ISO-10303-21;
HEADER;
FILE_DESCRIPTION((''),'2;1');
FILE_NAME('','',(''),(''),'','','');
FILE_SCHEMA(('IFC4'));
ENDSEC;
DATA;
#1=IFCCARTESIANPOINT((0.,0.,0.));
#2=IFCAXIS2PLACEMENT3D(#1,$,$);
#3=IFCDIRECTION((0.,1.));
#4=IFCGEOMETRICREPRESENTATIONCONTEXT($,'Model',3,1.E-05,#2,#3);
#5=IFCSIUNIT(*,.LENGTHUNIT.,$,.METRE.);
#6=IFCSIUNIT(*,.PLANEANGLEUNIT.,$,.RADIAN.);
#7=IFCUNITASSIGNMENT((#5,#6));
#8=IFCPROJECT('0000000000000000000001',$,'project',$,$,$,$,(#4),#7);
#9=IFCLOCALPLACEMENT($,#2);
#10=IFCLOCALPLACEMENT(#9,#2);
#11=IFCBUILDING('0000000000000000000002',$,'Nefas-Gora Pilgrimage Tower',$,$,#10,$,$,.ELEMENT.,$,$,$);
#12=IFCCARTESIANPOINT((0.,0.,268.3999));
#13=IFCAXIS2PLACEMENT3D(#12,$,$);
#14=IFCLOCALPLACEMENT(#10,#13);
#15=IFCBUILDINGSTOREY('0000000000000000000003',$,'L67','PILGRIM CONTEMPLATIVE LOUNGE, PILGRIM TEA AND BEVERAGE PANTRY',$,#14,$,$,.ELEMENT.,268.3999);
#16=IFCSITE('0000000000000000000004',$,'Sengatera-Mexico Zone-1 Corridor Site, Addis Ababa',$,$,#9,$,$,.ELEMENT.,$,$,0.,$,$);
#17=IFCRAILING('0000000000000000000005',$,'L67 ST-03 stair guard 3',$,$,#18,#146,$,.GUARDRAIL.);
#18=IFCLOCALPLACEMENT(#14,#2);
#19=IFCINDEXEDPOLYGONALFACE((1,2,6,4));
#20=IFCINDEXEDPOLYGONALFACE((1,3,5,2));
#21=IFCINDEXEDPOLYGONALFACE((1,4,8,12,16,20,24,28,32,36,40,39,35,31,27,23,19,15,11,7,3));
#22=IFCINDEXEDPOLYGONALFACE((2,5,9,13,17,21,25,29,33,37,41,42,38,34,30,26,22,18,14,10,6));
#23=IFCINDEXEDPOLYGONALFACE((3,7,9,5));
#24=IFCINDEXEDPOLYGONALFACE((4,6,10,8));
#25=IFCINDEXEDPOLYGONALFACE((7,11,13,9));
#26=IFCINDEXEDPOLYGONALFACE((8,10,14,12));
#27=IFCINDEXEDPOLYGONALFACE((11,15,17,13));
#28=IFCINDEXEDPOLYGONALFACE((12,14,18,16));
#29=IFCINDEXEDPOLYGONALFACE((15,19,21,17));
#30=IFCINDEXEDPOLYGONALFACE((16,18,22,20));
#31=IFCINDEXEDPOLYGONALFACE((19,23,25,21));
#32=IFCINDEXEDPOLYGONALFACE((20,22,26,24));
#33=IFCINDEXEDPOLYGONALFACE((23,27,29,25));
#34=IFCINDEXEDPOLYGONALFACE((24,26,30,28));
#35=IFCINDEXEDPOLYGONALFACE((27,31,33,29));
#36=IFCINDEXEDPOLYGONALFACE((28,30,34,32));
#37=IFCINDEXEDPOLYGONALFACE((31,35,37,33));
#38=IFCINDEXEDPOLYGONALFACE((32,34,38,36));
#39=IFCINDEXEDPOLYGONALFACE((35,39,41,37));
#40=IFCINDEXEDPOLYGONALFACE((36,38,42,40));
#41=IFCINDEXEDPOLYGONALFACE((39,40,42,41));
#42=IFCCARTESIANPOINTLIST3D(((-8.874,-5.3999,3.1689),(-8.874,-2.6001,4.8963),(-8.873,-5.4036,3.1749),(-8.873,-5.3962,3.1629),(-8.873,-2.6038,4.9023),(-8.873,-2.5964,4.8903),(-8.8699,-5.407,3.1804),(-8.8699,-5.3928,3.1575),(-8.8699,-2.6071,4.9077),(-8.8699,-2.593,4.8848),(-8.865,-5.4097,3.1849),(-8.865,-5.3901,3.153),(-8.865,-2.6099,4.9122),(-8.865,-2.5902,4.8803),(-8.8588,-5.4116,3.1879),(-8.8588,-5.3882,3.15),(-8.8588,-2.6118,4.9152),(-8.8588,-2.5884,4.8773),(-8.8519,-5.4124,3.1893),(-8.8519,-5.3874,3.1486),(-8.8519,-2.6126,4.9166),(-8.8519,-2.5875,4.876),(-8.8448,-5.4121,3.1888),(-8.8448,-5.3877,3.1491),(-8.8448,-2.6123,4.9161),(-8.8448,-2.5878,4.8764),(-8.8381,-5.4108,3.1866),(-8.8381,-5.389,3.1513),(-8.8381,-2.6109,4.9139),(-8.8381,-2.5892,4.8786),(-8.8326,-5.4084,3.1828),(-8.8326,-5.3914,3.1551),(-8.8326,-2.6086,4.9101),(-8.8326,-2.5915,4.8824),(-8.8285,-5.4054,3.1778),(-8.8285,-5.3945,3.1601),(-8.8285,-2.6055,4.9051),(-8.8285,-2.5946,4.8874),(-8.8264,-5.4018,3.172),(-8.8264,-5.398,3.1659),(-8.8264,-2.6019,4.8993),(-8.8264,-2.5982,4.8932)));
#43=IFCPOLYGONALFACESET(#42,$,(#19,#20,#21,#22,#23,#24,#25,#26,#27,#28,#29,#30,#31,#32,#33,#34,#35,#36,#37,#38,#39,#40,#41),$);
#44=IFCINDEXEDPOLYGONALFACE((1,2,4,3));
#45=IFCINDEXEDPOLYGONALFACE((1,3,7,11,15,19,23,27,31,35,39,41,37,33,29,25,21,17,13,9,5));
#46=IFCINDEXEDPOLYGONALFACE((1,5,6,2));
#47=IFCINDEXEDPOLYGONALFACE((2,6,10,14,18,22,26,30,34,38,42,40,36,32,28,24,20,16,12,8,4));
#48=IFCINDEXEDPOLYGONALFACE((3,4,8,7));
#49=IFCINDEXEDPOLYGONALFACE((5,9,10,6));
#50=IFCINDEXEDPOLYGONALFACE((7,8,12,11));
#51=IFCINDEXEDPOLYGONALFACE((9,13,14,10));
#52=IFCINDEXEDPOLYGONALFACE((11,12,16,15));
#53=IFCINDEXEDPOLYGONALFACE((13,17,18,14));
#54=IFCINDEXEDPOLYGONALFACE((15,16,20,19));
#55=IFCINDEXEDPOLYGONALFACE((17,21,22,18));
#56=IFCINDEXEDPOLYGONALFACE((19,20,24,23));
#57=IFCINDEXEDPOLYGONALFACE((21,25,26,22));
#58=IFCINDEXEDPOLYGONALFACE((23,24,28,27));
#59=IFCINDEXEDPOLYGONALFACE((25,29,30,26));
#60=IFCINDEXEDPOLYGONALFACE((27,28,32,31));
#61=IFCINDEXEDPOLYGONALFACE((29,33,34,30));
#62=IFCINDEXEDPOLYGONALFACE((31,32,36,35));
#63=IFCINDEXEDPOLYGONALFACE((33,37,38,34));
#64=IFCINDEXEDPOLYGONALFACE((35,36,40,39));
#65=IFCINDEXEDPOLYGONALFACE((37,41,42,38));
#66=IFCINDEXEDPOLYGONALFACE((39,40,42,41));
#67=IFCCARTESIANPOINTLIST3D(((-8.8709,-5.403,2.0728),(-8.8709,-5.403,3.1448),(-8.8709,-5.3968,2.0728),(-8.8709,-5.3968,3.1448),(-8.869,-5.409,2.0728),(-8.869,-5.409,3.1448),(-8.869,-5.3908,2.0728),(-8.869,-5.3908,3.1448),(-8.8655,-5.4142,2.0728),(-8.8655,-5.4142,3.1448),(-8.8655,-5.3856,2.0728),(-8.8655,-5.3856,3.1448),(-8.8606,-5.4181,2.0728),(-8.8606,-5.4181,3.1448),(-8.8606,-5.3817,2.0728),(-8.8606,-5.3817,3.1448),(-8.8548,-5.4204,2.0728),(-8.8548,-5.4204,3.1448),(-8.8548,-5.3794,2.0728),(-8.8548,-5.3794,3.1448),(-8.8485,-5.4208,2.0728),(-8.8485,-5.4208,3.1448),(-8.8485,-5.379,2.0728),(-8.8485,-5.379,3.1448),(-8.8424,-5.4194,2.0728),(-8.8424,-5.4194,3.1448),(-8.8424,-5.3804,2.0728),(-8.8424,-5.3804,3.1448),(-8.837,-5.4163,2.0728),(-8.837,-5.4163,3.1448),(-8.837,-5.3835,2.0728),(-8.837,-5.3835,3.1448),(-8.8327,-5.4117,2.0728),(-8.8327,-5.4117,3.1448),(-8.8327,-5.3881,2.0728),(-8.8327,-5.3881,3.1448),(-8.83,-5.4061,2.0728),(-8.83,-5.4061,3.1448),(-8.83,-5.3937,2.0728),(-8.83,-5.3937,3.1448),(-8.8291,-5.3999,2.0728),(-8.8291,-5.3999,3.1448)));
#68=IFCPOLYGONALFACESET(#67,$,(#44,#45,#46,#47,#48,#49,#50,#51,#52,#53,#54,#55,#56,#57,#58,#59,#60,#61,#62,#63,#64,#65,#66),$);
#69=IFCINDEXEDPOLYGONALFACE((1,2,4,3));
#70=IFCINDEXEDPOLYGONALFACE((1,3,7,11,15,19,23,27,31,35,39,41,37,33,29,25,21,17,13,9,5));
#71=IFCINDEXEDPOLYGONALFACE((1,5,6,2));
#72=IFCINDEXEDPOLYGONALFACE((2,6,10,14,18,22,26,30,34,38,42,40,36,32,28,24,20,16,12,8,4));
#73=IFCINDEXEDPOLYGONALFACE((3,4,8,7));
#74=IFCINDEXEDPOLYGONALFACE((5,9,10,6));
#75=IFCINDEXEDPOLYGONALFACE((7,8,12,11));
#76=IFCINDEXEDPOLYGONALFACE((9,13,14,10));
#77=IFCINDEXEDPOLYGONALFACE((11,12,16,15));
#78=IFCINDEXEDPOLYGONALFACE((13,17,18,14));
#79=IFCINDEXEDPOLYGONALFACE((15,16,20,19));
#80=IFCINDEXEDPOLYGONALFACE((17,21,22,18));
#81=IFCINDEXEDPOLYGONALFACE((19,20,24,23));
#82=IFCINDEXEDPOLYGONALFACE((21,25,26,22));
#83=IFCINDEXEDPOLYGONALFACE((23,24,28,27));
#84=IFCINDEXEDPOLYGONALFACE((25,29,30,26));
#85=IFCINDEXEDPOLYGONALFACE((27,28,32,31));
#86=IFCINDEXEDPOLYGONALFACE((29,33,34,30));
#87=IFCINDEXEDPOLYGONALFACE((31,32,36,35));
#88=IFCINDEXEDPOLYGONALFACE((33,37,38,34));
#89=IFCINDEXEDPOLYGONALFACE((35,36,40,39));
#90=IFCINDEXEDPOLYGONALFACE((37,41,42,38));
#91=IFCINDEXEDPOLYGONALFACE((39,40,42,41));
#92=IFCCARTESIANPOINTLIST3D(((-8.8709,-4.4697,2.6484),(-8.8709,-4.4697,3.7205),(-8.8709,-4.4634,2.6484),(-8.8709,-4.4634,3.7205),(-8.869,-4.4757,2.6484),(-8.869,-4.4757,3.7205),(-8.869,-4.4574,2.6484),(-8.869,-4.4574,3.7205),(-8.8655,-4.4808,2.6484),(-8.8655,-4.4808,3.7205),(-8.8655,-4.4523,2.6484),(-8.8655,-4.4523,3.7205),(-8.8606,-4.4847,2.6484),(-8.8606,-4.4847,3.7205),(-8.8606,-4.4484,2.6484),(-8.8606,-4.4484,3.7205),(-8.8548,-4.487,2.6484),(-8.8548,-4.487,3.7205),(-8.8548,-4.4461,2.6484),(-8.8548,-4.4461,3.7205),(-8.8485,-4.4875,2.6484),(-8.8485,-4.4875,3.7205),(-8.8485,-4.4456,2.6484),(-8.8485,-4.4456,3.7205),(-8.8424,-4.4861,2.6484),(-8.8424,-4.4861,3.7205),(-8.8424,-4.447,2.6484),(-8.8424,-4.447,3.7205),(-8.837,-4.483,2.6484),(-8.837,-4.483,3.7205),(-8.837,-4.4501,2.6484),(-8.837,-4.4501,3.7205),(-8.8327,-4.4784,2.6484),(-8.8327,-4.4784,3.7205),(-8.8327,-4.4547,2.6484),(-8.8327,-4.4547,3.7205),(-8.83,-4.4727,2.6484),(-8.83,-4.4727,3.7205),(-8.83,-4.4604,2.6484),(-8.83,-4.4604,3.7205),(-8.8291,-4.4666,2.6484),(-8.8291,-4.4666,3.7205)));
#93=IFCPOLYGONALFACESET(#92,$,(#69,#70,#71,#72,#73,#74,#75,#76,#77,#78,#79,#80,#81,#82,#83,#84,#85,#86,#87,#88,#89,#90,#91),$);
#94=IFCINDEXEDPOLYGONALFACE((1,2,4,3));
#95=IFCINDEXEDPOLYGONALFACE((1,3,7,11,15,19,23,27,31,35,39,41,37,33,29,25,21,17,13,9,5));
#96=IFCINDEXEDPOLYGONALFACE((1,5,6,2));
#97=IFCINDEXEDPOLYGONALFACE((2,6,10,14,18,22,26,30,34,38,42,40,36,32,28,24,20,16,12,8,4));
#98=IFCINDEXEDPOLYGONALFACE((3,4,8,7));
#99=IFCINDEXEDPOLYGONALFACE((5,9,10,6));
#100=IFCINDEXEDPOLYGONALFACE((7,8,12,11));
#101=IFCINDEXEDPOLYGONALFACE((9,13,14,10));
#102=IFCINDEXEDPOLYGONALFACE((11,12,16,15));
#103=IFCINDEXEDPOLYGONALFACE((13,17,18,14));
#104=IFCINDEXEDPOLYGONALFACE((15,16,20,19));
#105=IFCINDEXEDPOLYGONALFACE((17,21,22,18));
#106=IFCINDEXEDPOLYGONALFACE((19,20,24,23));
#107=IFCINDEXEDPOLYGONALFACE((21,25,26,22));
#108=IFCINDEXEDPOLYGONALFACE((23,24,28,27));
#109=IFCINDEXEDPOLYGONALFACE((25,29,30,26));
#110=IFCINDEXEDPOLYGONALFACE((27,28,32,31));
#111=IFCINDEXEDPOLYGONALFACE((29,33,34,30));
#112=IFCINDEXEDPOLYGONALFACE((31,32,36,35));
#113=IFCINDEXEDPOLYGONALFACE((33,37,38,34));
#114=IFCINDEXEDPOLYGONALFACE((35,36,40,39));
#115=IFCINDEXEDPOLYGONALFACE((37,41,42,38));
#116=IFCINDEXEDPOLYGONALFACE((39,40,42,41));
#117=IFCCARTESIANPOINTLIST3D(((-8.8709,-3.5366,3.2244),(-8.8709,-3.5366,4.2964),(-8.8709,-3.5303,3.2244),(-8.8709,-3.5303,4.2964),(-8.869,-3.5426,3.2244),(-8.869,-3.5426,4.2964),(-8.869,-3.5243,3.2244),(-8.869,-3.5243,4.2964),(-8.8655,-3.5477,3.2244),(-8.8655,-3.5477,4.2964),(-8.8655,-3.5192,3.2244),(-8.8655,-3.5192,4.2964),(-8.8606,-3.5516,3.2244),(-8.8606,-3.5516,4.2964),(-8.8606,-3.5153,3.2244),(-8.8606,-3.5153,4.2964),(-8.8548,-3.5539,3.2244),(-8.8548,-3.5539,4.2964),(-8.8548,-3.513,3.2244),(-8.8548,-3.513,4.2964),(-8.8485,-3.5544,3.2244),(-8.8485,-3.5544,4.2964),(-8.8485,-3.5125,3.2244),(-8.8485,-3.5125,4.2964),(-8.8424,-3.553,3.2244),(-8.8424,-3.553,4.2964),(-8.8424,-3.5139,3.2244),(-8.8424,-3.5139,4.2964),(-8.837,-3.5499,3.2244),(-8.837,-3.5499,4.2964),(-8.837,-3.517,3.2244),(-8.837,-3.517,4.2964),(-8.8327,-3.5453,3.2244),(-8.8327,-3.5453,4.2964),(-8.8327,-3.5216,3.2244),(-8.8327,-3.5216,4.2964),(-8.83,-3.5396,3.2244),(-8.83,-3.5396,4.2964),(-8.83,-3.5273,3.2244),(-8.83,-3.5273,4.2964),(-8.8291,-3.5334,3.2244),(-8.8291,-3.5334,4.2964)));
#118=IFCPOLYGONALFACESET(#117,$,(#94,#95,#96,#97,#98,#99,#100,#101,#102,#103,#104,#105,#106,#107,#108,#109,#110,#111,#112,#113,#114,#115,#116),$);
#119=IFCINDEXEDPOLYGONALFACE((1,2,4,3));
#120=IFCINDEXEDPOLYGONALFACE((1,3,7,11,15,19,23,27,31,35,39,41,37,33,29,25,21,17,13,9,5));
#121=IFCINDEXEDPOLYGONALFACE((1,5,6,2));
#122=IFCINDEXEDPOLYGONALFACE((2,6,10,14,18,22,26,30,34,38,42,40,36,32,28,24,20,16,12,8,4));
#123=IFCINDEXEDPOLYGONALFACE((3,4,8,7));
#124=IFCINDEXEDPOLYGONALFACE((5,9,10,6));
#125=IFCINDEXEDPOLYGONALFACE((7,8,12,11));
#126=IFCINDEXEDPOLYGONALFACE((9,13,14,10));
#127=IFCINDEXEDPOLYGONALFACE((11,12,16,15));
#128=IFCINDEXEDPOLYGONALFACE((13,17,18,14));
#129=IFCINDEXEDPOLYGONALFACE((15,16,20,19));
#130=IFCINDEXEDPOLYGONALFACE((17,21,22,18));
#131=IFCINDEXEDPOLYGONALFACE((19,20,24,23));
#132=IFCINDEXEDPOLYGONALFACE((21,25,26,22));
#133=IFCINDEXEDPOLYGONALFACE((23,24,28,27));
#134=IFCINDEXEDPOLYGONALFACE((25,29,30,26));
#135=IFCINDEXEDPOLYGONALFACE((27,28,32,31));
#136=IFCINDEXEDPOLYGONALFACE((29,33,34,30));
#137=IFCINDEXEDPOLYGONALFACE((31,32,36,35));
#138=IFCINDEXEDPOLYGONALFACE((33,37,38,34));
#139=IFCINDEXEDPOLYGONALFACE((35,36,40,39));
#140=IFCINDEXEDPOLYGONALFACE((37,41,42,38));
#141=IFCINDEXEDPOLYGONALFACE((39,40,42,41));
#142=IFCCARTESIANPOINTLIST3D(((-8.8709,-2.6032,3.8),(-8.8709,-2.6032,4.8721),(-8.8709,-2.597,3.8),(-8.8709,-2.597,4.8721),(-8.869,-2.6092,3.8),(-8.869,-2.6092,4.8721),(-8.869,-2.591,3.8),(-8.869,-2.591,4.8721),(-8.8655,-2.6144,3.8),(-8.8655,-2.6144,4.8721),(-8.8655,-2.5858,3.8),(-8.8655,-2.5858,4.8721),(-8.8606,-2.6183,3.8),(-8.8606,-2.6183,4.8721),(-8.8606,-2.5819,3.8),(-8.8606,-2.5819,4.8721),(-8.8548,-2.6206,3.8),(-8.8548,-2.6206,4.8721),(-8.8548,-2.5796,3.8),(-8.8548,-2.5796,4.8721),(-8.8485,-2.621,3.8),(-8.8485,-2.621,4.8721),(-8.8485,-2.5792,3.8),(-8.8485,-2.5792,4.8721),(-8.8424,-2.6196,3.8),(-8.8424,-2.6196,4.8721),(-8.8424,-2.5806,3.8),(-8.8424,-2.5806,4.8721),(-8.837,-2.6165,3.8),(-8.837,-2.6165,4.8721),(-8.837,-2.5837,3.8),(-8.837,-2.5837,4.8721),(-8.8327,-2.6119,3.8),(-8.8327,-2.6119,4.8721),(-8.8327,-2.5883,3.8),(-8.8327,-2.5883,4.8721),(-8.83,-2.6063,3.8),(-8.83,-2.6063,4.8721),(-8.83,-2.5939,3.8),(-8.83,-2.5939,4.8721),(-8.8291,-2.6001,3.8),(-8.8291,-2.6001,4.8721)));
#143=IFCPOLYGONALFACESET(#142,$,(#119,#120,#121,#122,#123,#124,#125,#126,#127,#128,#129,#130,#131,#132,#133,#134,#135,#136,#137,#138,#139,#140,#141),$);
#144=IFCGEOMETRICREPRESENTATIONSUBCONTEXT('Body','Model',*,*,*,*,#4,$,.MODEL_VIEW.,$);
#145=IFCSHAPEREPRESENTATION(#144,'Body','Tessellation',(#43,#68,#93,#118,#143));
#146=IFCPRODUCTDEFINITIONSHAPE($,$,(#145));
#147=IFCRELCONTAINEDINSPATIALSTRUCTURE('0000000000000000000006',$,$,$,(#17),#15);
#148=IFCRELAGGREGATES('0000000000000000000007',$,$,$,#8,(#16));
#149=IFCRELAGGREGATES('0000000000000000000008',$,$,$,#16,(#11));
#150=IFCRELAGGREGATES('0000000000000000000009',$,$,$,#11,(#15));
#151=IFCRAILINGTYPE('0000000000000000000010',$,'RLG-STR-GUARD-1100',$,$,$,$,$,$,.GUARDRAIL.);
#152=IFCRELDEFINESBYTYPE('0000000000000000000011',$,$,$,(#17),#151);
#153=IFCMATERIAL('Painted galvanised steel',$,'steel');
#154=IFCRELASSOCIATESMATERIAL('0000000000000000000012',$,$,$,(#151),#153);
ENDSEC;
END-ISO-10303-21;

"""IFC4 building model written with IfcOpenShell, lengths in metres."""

from ifc_helpers import new_model, si_unit, direction, frame, origin, origin_2d, place, context, subcontext, project, spatial, circle, extrude, material, type_object, element, save


model = new_model("IFC4")

# Units and contexts
model_context = context("Model", 3, precision=1e-05, world=origin(), true_north=direction((0.0, 1.0)))
body_context = subcontext(model_context, "Body", "Model", "MODEL_VIEW")
ifc_project = project(units=[si_unit("LENGTHUNIT", "METRE"), si_unit("PLANEANGLEUNIT", "RADIAN")], contexts=[model_context])

# Site, building, storey
site_placement = place(None, origin())
site = spatial("IfcSite", under=ifc_project, at=site_placement, Name="Sengatera-Mexico Zone-1 Corridor Site, Addis Ababa", CompositionType="ELEMENT", RefElevation=0.0)
building_placement = place(site_placement, origin())
building = spatial("IfcBuilding", under=site, at=building_placement, Name="Nefas-Gora Pilgrimage Tower", CompositionType="ELEMENT")
storey_placement = place(building_placement, frame((0.0, 0.0, 268.3999)))
storey = spatial("IfcBuildingStorey", under=building, at=storey_placement, Name="L67", Description="PILGRIM CONTEMPLATIVE LOUNGE, PILGRIM TEA AND BEVERAGE PANTRY", CompositionType="ELEMENT", Elevation=268.3999)

# Railing
ifc_material_1 = material(Name="Painted galvanised steel", Category="steel")
railing_type_1 = type_object("IfcRailingType", Name="RLG-STR-GUARD-1100", PredefinedType="GUARDRAIL", material=ifc_material_1)
railing_1_placement = place(storey_placement, frame((-8.8501, -5.3999, 2.0728)))
element("IfcRailing", 1, at=railing_1_placement, inside=storey, type_object=railing_type_1, Name="L67 ST-03 stair guard 3", PredefinedType="GUARDRAIL", context=body_context, shape_type="SweptSolid", body=[
    extrude(circle(Radius=0.0239, at=origin_2d()), frame((0.0, 0.0, 1.0962), z_axis=(0.0, 0.851069, 0.525054), x_axis=(-1.0, 0.0, 0.0)), (0.0, 0.0, 1.0), 3.2898),
    extrude(circle(Radius=0.021, at=origin_2d()), origin(), (0.0, 0.0, 1.0), 1.072),
    extrude(circle(Radius=0.021, at=origin_2d()), frame((0.0, 0.9333, 0.5757)), (0.0, 0.0, 1.0), 1.072),
    extrude(circle(Radius=0.021, at=origin_2d()), frame((0.0, 1.8665, 1.1516)), (0.0, 0.0, 1.0), 1.072),
    extrude(circle(Radius=0.021, at=origin_2d()), frame((0.0, 2.7998, 1.7273)), (0.0, 0.0, 1.0), 1.072),
])

save(model, "model.ifc")
